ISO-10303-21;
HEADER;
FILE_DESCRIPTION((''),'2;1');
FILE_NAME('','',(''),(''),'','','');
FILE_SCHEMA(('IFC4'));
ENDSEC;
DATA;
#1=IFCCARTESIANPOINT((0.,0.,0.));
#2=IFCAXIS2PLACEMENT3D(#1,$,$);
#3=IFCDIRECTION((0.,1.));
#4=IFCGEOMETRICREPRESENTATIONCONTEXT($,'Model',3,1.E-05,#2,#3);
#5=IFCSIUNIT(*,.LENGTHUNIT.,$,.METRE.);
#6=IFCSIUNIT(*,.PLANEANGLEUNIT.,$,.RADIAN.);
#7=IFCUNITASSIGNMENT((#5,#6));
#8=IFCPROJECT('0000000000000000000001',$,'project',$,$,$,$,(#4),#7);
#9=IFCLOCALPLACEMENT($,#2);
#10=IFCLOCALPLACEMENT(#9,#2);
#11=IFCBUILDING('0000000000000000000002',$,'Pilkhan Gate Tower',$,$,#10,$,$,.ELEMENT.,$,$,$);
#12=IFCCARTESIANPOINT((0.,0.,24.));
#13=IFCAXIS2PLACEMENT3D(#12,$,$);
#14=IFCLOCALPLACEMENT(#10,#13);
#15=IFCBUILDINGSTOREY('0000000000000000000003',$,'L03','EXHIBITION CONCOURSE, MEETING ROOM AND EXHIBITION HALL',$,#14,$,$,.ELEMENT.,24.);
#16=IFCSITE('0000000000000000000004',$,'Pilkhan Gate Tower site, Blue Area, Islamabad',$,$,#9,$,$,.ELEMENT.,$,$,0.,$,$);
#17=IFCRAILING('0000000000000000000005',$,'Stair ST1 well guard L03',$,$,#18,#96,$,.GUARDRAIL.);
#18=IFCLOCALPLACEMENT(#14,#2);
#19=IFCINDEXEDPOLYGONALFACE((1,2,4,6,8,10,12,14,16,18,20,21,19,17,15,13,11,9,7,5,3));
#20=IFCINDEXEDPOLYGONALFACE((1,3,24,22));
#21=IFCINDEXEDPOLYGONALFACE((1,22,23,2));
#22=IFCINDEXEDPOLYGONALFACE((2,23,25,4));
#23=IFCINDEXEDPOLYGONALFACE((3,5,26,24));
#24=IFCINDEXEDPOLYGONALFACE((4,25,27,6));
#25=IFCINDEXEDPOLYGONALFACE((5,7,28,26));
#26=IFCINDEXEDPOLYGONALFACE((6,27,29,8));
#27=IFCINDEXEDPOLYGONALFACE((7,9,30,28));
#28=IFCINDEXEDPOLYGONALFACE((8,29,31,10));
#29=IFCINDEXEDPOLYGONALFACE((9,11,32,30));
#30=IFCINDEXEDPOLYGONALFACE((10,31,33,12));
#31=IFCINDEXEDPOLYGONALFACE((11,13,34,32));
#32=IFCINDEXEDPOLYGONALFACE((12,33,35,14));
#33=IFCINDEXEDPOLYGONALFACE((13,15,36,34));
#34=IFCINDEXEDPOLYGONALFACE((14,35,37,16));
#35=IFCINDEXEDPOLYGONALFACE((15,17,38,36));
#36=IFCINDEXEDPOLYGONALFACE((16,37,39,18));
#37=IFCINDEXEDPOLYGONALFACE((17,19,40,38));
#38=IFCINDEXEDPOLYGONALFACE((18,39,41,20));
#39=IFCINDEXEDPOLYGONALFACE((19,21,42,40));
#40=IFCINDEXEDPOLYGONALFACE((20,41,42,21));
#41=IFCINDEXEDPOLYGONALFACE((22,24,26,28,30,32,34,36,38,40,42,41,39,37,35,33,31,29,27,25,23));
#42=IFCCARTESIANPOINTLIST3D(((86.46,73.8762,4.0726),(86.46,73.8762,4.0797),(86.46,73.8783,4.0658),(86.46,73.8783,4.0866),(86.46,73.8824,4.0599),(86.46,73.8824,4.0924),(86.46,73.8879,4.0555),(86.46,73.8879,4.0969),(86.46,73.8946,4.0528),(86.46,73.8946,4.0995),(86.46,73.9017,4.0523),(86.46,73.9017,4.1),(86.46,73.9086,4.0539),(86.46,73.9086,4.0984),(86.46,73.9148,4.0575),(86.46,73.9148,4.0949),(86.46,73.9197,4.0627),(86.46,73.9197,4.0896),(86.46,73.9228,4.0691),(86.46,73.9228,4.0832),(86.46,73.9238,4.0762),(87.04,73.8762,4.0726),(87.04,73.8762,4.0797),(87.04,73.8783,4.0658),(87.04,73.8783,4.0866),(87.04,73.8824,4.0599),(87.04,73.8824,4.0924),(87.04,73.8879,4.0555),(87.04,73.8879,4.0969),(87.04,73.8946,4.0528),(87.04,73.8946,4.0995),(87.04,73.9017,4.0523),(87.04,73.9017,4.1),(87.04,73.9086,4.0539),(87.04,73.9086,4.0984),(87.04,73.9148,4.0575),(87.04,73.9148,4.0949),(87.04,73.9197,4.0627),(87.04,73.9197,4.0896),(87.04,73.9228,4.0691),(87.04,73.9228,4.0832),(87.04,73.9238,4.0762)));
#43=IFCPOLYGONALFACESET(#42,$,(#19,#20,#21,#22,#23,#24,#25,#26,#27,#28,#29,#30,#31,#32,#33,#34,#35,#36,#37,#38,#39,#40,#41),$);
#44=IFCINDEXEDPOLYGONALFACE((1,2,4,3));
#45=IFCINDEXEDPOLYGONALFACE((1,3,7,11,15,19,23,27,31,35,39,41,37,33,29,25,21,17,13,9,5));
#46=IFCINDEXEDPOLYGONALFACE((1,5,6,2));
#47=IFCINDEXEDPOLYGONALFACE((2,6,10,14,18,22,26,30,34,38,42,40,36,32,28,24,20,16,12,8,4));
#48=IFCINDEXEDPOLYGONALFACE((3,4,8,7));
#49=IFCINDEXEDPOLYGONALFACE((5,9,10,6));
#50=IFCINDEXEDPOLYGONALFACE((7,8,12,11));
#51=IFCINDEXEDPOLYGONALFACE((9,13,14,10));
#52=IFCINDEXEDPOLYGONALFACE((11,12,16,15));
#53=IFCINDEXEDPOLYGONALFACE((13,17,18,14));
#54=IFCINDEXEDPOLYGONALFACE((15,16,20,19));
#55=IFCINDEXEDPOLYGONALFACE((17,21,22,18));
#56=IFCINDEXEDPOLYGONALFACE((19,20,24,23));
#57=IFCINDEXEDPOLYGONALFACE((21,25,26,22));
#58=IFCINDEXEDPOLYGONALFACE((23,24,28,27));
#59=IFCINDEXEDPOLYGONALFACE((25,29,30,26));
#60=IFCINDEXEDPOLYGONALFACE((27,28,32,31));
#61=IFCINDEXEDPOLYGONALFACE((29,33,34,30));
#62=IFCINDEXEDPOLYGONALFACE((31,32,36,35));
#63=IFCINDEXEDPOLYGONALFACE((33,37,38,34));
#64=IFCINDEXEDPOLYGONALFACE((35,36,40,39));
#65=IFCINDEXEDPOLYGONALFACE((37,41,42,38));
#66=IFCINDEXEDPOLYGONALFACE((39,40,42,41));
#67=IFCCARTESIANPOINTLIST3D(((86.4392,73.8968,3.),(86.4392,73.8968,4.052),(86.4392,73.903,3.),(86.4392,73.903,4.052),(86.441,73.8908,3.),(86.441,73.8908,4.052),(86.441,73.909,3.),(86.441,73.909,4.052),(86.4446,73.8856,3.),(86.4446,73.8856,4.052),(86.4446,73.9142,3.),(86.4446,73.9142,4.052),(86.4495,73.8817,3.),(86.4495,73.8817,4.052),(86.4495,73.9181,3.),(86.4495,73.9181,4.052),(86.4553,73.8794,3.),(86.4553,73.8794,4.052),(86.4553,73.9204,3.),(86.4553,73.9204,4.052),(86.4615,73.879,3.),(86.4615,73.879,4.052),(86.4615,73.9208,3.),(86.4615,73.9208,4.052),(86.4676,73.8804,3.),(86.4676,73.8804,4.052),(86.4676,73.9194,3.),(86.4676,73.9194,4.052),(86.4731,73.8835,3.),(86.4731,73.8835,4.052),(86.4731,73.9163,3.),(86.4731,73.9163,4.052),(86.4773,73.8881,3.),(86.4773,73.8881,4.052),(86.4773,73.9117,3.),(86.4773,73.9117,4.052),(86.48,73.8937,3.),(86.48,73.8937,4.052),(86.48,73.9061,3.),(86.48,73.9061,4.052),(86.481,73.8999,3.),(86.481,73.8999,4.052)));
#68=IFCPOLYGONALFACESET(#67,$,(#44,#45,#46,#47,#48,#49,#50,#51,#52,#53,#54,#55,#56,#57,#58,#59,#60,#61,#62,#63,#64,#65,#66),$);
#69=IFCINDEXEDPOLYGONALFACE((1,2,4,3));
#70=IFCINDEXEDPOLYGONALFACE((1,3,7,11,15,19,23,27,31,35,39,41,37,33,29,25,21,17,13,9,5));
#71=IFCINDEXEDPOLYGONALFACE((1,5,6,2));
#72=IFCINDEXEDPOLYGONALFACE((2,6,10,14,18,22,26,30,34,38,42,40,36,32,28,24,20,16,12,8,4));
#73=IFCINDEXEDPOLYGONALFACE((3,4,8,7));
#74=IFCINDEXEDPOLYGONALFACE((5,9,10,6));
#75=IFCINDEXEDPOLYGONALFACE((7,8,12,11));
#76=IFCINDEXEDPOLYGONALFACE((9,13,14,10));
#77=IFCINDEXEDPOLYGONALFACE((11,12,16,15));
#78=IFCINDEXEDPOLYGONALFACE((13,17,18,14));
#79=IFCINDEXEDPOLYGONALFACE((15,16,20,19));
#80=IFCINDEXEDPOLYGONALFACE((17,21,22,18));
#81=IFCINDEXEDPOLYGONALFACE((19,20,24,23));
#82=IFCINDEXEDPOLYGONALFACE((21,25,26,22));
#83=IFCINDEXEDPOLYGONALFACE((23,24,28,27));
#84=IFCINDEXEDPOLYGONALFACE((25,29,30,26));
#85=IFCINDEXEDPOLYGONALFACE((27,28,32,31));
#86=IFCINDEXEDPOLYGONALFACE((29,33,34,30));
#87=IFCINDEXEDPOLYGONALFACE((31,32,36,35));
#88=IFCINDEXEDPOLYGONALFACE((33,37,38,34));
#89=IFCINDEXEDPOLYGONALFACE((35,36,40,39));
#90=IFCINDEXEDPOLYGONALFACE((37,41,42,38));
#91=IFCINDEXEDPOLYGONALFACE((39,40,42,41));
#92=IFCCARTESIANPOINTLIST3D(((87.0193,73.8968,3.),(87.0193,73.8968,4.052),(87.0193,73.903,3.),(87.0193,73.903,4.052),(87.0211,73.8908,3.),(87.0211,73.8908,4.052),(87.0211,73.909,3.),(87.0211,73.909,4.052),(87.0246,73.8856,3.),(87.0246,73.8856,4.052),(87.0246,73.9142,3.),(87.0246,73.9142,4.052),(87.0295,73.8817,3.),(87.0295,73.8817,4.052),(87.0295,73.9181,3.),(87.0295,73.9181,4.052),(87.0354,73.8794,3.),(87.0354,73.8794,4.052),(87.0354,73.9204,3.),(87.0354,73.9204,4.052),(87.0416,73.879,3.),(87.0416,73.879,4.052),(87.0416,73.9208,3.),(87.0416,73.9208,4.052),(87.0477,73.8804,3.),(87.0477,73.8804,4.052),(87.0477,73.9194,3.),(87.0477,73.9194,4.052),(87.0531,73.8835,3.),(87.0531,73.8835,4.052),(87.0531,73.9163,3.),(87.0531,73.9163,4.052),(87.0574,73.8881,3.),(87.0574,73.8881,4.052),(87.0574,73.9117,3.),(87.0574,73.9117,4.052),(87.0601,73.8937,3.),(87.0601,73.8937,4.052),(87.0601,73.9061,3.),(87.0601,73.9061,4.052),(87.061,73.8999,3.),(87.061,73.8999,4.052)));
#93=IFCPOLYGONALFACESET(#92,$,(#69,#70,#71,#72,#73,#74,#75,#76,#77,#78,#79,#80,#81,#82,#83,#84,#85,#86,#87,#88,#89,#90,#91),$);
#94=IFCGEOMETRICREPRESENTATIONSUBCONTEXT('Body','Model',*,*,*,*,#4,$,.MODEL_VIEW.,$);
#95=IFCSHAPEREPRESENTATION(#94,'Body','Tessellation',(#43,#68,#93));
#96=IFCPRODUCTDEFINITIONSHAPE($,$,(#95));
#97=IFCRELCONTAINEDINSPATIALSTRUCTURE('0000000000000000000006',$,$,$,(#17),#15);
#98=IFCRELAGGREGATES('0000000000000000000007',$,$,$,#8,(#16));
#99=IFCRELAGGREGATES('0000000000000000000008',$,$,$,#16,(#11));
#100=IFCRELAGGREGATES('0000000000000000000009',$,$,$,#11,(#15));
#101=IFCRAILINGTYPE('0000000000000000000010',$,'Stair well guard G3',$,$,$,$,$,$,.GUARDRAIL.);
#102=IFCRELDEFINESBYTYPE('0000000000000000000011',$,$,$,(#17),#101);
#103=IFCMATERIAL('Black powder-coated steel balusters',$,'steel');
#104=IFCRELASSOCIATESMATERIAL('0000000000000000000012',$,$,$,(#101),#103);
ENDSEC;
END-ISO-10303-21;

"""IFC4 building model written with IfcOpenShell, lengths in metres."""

from ifc_helpers import new_model, si_unit, direction, frame, origin, origin_2d, place, context, subcontext, project, spatial, circle, extrude, material, type_object, element, save


model = new_model("IFC4")

# Units and contexts
model_context = context("Model", 3, precision=1e-05, world=origin(), true_north=direction((0.0, 1.0)))
body_context = subcontext(model_context, "Body", "Model", "MODEL_VIEW")
ifc_project = project(units=[si_unit("LENGTHUNIT", "METRE"), si_unit("PLANEANGLEUNIT", "RADIAN")], contexts=[model_context])

# Site, building, storey
site_placement = place(None, origin())
site = spatial("IfcSite", under=ifc_project, at=site_placement, Name="Pilkhan Gate Tower site, Blue Area, Islamabad", CompositionType="ELEMENT", RefElevation=0.0)
building_placement = place(site_placement, origin())
building = spatial("IfcBuilding", under=site, at=building_placement, Name="Pilkhan Gate Tower", CompositionType="ELEMENT")
storey_placement = place(building_placement, frame((0.0, 0.0, 24.0)))
storey = spatial("IfcBuildingStorey", under=building, at=storey_placement, Name="L03", Description="EXHIBITION CONCOURSE, MEETING ROOM AND EXHIBITION HALL", CompositionType="ELEMENT", Elevation=24.0)

# Railing
ifc_material_1 = material(Name="Black powder-coated steel balusters", Category="steel")
railing_type_1 = type_object("IfcRailingType", Name="Stair well guard G3", PredefinedType="GUARDRAIL", material=ifc_material_1)
for number, where, name in (
    (1, (86.46, 73.8999, 3.0), "Stair ST1 well guard L03"),
):
    element("IfcRailing", number, at=place(storey_placement, frame(where)), inside=storey, type_object=railing_type_1, Name=name, PredefinedType="GUARDRAIL", context=body_context, shape_type="SweptSolid", body=[
        extrude(circle(Radius=0.0239, at=origin_2d()), frame((0.0, 0.0, 1.0762), z_axis=(1.0, 0.0, 0.0), x_axis=(0.0, 1.0, 0.0)), (0.0, 0.0, 1.0), 0.5801),
        extrude(circle(Radius=0.021, at=origin_2d()), origin(), (0.0, 0.0, 1.0), 1.052),
        extrude(circle(Radius=0.021, at=origin_2d()), frame((0.5801, 0.0, 0.0)), (0.0, 0.0, 1.0), 1.052),
    ])

save(model, "model.ifc")
